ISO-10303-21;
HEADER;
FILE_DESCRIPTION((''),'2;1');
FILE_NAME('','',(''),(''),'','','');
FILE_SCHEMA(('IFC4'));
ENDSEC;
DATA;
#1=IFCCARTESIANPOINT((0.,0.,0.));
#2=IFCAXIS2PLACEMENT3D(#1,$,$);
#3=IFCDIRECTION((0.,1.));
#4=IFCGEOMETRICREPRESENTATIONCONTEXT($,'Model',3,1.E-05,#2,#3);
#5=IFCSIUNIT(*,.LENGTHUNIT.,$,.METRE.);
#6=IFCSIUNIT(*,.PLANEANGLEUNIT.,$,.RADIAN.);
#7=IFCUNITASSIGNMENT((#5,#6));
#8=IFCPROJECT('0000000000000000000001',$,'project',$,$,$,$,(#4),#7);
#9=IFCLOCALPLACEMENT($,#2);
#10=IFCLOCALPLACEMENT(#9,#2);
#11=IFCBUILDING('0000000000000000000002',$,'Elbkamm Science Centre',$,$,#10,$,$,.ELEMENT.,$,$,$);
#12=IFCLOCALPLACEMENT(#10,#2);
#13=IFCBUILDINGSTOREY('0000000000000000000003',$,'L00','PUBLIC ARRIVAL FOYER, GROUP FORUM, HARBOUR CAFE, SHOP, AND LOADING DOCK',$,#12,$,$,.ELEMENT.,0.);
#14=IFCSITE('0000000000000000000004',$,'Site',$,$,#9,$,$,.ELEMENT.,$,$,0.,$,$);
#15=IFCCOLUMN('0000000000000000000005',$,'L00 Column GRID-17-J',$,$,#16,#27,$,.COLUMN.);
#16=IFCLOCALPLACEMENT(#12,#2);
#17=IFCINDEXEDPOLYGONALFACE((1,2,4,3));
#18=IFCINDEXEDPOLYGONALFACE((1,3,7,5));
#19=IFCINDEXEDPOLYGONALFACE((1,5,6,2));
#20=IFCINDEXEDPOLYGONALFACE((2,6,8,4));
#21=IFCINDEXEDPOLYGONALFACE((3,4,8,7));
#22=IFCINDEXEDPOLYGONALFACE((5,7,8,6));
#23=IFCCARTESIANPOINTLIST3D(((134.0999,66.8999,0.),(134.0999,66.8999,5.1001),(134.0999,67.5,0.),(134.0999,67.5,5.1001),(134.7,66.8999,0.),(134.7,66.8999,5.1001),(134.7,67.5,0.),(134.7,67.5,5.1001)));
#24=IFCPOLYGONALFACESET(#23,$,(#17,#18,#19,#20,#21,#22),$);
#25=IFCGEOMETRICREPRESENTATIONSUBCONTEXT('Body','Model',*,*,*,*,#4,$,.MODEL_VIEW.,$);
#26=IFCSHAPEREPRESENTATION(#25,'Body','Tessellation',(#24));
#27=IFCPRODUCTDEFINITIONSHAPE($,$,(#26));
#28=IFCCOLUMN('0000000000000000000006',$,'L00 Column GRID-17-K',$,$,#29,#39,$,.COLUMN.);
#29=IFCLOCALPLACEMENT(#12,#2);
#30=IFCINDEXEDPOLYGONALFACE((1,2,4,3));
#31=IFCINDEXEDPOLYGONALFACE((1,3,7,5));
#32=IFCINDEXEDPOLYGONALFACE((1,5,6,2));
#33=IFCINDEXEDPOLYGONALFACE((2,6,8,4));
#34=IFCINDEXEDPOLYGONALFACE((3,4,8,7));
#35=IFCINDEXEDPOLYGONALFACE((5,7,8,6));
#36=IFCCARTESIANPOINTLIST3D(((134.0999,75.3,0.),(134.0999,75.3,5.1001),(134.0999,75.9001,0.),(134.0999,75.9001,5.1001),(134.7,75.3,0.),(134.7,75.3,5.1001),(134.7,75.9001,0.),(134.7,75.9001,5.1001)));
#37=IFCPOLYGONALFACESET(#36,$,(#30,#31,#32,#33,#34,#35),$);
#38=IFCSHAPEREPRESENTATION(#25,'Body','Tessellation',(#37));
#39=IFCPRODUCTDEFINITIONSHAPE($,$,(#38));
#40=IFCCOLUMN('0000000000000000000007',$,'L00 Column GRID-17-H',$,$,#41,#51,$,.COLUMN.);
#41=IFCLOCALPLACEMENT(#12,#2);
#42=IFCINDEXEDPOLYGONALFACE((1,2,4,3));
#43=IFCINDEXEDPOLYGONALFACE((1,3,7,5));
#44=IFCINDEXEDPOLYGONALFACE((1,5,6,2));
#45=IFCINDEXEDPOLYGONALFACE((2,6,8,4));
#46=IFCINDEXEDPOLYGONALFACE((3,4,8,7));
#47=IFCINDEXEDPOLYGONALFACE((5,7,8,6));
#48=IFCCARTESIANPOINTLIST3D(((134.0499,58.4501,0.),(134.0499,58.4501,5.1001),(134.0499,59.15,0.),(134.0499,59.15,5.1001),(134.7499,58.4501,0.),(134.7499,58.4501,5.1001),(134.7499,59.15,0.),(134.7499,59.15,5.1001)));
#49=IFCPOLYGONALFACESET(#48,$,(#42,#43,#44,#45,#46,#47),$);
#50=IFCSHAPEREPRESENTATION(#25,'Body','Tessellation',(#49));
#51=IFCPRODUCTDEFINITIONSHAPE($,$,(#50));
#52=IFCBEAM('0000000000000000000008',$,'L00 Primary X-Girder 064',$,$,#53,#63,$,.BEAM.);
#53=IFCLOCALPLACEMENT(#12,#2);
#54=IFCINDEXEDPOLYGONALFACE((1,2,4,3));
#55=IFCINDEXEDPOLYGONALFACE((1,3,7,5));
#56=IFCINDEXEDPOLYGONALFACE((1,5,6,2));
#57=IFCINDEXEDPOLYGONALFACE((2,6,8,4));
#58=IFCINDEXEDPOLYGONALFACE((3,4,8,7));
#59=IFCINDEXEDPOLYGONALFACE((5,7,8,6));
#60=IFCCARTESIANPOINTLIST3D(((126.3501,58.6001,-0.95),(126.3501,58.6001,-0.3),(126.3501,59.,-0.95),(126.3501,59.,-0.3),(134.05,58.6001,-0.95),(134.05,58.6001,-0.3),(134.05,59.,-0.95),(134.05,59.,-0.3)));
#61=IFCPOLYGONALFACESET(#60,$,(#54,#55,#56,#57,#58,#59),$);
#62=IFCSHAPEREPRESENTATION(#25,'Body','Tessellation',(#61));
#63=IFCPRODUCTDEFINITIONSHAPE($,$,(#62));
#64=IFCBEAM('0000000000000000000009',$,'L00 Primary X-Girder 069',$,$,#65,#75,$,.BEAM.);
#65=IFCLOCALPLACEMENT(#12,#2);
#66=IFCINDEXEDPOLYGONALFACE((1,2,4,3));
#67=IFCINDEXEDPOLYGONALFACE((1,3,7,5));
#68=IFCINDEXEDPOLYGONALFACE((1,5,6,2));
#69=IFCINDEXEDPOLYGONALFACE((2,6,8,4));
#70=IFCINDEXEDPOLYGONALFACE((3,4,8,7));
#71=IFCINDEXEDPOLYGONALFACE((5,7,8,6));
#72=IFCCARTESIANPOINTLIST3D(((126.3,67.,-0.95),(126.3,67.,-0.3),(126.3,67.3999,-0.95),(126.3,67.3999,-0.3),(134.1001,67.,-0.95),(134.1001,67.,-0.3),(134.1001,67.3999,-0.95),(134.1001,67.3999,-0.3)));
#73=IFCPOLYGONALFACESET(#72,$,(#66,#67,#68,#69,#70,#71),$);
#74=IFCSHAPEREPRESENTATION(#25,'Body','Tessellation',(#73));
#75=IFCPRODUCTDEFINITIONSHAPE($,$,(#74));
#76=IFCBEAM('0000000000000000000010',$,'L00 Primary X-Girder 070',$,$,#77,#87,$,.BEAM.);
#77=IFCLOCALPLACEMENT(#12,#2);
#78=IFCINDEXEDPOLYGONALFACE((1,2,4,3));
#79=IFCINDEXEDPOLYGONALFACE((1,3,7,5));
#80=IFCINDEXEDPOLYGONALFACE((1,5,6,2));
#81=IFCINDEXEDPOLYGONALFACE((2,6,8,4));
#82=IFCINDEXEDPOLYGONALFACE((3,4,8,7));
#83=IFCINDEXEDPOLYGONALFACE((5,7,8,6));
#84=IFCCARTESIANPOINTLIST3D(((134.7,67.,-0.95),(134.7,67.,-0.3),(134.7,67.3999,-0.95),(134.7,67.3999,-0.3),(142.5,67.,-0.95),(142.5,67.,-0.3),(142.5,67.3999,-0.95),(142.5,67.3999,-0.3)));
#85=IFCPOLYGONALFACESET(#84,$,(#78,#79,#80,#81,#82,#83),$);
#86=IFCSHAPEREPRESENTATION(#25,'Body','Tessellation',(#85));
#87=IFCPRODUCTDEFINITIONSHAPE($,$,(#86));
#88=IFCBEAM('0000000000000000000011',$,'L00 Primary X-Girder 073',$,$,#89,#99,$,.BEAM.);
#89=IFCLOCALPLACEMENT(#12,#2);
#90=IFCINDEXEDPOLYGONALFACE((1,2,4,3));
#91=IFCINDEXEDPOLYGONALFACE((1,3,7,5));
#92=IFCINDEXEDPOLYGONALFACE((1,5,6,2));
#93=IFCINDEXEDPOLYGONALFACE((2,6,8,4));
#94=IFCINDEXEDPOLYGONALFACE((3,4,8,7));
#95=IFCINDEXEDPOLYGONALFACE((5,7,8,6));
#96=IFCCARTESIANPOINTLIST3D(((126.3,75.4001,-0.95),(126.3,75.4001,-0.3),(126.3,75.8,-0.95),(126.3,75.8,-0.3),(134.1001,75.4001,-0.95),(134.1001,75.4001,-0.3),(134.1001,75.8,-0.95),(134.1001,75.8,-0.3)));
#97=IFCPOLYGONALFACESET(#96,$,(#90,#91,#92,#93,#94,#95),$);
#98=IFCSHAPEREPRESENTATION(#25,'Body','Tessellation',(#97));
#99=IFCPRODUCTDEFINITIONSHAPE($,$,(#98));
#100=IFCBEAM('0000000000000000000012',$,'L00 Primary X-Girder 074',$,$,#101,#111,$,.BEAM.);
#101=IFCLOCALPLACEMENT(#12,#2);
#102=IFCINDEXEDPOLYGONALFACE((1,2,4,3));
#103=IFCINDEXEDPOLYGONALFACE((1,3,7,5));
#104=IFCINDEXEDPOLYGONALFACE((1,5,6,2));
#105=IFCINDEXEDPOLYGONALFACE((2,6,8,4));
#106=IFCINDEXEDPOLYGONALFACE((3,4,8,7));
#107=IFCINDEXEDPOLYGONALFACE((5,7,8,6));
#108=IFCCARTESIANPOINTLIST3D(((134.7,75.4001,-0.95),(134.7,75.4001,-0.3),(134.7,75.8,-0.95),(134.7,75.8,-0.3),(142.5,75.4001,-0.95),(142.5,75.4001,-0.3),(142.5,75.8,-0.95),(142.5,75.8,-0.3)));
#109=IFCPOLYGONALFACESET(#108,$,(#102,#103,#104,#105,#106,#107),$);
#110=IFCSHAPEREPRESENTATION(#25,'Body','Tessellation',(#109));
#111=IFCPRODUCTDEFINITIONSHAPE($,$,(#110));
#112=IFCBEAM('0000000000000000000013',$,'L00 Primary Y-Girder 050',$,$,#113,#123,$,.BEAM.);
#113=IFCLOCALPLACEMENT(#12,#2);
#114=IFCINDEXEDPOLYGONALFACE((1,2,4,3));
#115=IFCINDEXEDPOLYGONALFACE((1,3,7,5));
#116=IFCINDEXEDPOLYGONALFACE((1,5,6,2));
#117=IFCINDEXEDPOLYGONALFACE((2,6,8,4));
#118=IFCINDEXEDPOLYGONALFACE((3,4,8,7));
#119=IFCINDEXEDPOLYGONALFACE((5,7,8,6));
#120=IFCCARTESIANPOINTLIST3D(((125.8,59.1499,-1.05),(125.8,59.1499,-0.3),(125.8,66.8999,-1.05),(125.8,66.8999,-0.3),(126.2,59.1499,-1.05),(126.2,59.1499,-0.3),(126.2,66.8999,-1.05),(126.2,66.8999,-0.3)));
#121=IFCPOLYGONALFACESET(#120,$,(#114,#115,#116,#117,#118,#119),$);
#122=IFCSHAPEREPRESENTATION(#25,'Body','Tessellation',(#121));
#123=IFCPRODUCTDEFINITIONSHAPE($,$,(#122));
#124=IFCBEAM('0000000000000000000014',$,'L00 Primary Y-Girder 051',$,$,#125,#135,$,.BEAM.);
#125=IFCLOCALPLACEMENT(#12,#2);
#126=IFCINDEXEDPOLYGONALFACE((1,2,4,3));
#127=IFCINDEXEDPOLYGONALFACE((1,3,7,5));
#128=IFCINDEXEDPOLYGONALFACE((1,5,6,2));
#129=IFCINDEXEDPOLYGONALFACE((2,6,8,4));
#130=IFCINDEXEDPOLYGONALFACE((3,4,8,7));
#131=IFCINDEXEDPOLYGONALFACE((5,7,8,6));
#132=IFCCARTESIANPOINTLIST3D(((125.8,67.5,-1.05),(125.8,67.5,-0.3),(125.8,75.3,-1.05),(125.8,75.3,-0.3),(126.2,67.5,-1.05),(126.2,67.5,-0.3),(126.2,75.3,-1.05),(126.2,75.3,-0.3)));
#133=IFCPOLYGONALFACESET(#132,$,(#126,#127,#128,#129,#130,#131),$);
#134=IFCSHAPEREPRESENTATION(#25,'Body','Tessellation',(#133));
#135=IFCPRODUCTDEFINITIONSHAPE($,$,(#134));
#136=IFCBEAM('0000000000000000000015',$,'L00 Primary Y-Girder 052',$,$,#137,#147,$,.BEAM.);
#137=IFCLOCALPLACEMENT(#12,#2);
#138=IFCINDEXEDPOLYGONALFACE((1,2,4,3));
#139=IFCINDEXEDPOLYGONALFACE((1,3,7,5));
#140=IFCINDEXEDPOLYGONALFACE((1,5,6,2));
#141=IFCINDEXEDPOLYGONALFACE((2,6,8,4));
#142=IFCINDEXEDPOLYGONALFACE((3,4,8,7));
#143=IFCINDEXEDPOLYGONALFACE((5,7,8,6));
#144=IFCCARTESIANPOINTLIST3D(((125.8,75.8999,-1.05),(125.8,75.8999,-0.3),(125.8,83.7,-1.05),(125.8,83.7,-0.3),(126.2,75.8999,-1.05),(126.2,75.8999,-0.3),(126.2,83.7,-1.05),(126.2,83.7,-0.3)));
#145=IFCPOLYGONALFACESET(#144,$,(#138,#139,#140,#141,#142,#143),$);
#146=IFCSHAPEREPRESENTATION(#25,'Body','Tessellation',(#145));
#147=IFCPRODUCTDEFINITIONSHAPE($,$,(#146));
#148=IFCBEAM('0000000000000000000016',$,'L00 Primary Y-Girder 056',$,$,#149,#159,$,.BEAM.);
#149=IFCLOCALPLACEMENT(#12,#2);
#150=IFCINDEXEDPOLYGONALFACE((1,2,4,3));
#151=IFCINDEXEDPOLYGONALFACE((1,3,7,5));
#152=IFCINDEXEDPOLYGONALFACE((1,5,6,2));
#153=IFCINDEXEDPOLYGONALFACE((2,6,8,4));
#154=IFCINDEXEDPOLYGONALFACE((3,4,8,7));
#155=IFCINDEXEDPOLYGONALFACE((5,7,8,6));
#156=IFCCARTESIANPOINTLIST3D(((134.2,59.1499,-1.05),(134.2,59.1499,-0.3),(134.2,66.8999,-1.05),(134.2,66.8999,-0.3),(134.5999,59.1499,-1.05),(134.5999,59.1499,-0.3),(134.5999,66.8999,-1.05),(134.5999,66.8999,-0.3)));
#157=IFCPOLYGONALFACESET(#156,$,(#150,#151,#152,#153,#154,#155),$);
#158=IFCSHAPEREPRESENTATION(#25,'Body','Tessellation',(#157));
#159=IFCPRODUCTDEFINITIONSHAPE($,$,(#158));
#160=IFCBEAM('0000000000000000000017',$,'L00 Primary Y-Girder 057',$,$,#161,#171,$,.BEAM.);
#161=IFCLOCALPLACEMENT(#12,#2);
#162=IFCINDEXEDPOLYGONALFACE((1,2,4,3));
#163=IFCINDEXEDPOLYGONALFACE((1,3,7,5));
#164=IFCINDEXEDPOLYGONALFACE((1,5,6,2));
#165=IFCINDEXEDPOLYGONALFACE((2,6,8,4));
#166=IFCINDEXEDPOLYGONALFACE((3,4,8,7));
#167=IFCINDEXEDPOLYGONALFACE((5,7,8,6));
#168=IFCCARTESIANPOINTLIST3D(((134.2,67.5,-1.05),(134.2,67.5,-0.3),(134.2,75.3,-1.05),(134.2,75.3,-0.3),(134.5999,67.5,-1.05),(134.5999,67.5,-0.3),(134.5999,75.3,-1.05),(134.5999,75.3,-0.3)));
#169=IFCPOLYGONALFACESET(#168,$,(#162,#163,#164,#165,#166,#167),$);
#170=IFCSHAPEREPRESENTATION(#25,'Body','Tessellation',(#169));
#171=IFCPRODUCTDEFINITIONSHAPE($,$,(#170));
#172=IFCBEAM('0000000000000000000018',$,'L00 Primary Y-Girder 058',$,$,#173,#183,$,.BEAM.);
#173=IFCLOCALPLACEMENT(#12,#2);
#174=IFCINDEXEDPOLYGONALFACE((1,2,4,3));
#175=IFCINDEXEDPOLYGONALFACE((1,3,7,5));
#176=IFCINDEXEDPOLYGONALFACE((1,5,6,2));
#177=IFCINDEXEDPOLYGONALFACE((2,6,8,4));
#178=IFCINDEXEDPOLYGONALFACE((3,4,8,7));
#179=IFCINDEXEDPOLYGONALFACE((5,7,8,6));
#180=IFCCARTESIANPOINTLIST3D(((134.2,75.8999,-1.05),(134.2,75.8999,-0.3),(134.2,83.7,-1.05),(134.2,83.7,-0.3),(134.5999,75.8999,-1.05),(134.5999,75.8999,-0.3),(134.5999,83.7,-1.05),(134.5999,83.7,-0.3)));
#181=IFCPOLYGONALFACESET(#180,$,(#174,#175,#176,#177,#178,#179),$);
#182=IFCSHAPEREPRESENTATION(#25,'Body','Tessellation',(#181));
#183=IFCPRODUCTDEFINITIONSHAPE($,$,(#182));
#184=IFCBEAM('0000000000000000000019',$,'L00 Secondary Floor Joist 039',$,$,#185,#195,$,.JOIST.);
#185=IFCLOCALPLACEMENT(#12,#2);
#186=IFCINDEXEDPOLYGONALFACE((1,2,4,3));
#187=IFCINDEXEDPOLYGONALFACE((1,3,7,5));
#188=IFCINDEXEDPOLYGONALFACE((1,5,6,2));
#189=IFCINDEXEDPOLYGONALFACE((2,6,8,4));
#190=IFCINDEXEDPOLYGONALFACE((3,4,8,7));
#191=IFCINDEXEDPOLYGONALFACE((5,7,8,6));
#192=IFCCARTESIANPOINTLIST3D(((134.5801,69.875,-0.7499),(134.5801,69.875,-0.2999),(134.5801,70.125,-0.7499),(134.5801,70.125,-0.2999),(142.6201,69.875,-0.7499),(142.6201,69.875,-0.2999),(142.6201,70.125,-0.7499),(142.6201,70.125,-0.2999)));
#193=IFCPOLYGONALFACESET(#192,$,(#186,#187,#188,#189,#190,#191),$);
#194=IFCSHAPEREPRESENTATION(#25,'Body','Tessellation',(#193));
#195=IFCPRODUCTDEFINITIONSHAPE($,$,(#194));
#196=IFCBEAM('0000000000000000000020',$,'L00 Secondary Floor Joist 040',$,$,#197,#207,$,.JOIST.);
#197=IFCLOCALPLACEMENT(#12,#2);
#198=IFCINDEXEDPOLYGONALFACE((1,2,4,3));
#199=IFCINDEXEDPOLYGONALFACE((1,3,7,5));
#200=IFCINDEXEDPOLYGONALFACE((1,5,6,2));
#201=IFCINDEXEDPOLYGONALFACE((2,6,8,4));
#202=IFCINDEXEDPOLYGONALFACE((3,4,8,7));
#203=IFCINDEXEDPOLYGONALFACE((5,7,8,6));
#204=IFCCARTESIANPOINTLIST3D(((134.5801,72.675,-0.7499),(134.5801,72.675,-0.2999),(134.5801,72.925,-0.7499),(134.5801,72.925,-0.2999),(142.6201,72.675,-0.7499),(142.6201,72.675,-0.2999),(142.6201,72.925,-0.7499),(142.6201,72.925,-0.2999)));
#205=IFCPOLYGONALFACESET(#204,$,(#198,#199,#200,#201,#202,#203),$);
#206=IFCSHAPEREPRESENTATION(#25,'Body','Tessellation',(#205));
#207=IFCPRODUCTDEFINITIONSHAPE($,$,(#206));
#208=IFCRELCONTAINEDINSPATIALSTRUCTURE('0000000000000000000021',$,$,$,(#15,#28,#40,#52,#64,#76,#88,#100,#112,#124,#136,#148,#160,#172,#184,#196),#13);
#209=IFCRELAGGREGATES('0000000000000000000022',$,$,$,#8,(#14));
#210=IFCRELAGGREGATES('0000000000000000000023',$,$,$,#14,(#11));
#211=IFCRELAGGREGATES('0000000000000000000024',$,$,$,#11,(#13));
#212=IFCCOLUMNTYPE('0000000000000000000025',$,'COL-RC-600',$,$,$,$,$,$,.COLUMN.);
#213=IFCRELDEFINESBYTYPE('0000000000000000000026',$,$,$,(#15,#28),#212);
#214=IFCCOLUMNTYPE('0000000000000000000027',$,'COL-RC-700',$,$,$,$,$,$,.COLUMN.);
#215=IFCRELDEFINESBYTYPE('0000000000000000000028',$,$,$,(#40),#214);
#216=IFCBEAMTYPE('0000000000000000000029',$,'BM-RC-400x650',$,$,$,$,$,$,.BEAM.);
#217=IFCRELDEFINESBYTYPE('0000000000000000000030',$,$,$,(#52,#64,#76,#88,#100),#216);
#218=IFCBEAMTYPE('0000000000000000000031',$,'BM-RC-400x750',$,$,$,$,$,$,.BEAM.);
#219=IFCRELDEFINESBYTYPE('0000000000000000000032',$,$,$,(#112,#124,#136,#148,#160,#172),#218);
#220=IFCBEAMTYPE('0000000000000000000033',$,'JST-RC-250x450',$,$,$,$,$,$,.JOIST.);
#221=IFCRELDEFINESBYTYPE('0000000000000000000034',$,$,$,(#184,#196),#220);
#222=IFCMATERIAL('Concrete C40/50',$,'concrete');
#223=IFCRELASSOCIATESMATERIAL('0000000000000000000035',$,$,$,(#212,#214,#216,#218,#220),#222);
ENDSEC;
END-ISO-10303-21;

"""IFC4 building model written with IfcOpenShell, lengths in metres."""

from ifc_helpers import new_model, si_unit, direction, frame, origin, origin_2d, place, context, subcontext, project, spatial, rectangle, extrude, material, material_profile, profile_set, type_object, element, save


model = new_model("IFC4")

# Units and contexts
model_context = context("Model", 3, precision=1e-05, world=origin(), true_north=direction((0.0, 1.0)))
body_context = subcontext(model_context, "Body", "Model", "MODEL_VIEW")
ifc_project = project(units=[si_unit("LENGTHUNIT", "METRE"), si_unit("PLANEANGLEUNIT", "RADIAN")], contexts=[model_context])

# Site, building, storey
site_placement = place(None, origin())
site = spatial("IfcSite", under=ifc_project, at=site_placement, Name="Site", CompositionType="ELEMENT", RefElevation=0.0)
building_placement = place(site_placement, origin())
building = spatial("IfcBuilding", under=site, at=building_placement, Name="Elbkamm Science Centre", CompositionType="ELEMENT")
storey_placement = place(building_placement, origin())
storey = spatial("IfcBuildingStorey", under=building, at=storey_placement, Name="L00", Description="PUBLIC ARRIVAL FOYER, GROUP FORUM, HARBOUR CAFE, SHOP, AND LOADING DOCK", CompositionType="ELEMENT", Elevation=0.0)

# Columns
ifc_material_1 = material(Name="Concrete C40/50", Category="concrete")
ifc_material_profile_1 = material_profile(ifc_material_1, rectangle(XDim=0.6001, YDim=0.6001, at=origin_2d()), Name="RC 600x600")
ifc_profile_set_1 = profile_set([ifc_material_profile_1], Name="Concrete C40/50")
column_type_1 = type_object("IfcColumnType", Name="COL-RC-600", PredefinedType="COLUMN", material=ifc_profile_set_1)
for number, where, z_axis, x_axis, name in (
    (1, (134.3999, 67.2, 0.0), (0.0, 0.0, 1.0), (1.0, 0.0, 0.0), "L00 Column GRID-17-J"),
    (2, (134.3999, 75.6001, 0.0), (0.0, 0.0, 1.0), (1.0, 0.0, 0.0), "L00 Column GRID-17-K"),
):
    element("IfcColumn", number, at=place(storey_placement, frame(where, z_axis=z_axis, x_axis=x_axis)), inside=storey, type_object=column_type_1, Name=name, PredefinedType="COLUMN", context=body_context, shape_type="SweptSolid", body=[
        extrude(rectangle(XDim=0.6001, YDim=0.6001, at=origin_2d()), origin(), (0.0, 0.0, 1.0), 5.1001),
    ])
ifc_material_profile_2 = material_profile(ifc_material_1, rectangle(XDim=0.7, YDim=0.7, at=origin_2d()), Name="RC 700x700")
ifc_profile_set_2 = profile_set([ifc_material_profile_2], Name="Concrete C40/50")
column_type_2 = type_object("IfcColumnType", Name="COL-RC-700", PredefinedType="COLUMN", material=ifc_profile_set_2)
column_placement = place(storey_placement, frame((134.3999, 58.8, 0.0), z_axis=(0.0, 0.0, 1.0), x_axis=(1.0, 0.0, 0.0)))
element("IfcColumn", 3, at=column_placement, inside=storey, type_object=column_type_2, Name="L00 Column GRID-17-H", PredefinedType="COLUMN", context=body_context, shape_type="SweptSolid", body=[
    extrude(rectangle(XDim=0.7, YDim=0.7, at=origin_2d()), origin(), (0.0, 0.0, 1.0), 5.1001),
])

# Beams
ifc_material_profile_3 = material_profile(ifc_material_1, rectangle(XDim=0.3999, YDim=0.6499, at=origin_2d()), Name="RC 400x650")
ifc_profile_set_3 = profile_set([ifc_material_profile_3], Name="Concrete C40/50")
beam_type_1 = type_object("IfcBeamType", Name="BM-RC-400x650", PredefinedType="BEAM", material=ifc_profile_set_3)
beam_1_placement = place(storey_placement, frame((126.3501, 58.8, -0.625), z_axis=(1.0, 0.0, 0.0), x_axis=(0.0, 1.0, 0.0)))
element("IfcBeam", 4, at=beam_1_placement, inside=storey, type_object=beam_type_1, Name="L00 Primary X-Girder 064", PredefinedType="BEAM", context=body_context, shape_type="SweptSolid", body=[
    extrude(rectangle(XDim=0.3999, YDim=0.6499, at=origin_2d()), origin(), (0.0, 0.0, 1.0), 7.7),
])
for number, where, z_axis, x_axis, name in (
    (5, (126.3, 67.2, -0.625), (1.0, 0.0, 0.0), (0.0, 1.0, 0.0), "L00 Primary X-Girder 069"),
    (6, (134.7, 67.2, -0.625), (1.0, 0.0, 0.0), (0.0, 1.0, 0.0), "L00 Primary X-Girder 070"),
    (7, (126.3, 75.6001, -0.625), (1.0, 0.0, 0.0), (0.0, 1.0, 0.0), "L00 Primary X-Girder 073"),
    (8, (134.7, 75.6001, -0.625), (1.0, 0.0, 0.0), (0.0, 1.0, 0.0), "L00 Primary X-Girder 074"),
):
    element("IfcBeam", number, at=place(storey_placement, frame(where, z_axis=z_axis, x_axis=x_axis)), inside=storey, type_object=beam_type_1, Name=name, PredefinedType="BEAM", context=body_context, shape_type="SweptSolid", body=[
        extrude(rectangle(XDim=0.3999, YDim=0.6499, at=origin_2d()), origin(), (0.0, 0.0, 1.0), 7.8),
    ])
ifc_material_profile_4 = material_profile(ifc_material_1, rectangle(XDim=0.3999, YDim=0.75, at=origin_2d()), Name="RC 400x750")
ifc_profile_set_4 = profile_set([ifc_material_profile_4], Name="Concrete C40/50")
beam_type_2 = type_object("IfcBeamType", Name="BM-RC-400x750", PredefinedType="BEAM", material=ifc_profile_set_4)
beam_2_placement = place(storey_placement, frame((126.0, 59.1499, -0.675), z_axis=(0.0, 1.0, 0.0), x_axis=(-1.0, 0.0, 0.0)))
element("IfcBeam", 9, at=beam_2_placement, inside=storey, type_object=beam_type_2, Name="L00 Primary Y-Girder 050", PredefinedType="BEAM", context=body_context, shape_type="SweptSolid", body=[
    extrude(rectangle(XDim=0.3999, YDim=0.75, at=origin_2d()), origin(), (0.0, 0.0, 1.0), 7.75),
])
for number, where, z_axis, x_axis, name in (
    (10, (126.0, 67.5, -0.675), (0.0, 1.0, 0.0), (-1.0, 0.0, 0.0), "L00 Primary Y-Girder 051"),
    (11, (126.0, 75.8999, -0.675), (0.0, 1.0, 0.0), (-1.0, 0.0, 0.0), "L00 Primary Y-Girder 052"),
):
    element("IfcBeam", number, at=place(storey_placement, frame(where, z_axis=z_axis, x_axis=x_axis)), inside=storey, type_object=beam_type_2, Name=name, PredefinedType="BEAM", context=body_context, shape_type="SweptSolid", body=[
        extrude(rectangle(XDim=0.3999, YDim=0.75, at=origin_2d()), origin(), (0.0, 0.0, 1.0), 7.8),
    ])
beam_3_placement = place(storey_placement, frame((134.3999, 59.1499, -0.675), z_axis=(0.0, 1.0, 0.0), x_axis=(-1.0, 0.0, 0.0)))
element("IfcBeam", 12, at=beam_3_placement, inside=storey, type_object=beam_type_2, Name="L00 Primary Y-Girder 056", PredefinedType="BEAM", context=body_context, shape_type="SweptSolid", body=[
    extrude(rectangle(XDim=0.3999, YDim=0.75, at=origin_2d()), origin(), (0.0, 0.0, 1.0), 7.75),
])
for number, where, z_axis, x_axis, name in (
    (13, (134.3999, 67.5, -0.675), (0.0, 1.0, 0.0), (-1.0, 0.0, 0.0), "L00 Primary Y-Girder 057"),
    (14, (134.3999, 75.8999, -0.675), (0.0, 1.0, 0.0), (-1.0, 0.0, 0.0), "L00 Primary Y-Girder 058"),
):
    element("IfcBeam", number, at=place(storey_placement, frame(where, z_axis=z_axis, x_axis=x_axis)), inside=storey, type_object=beam_type_2, Name=name, PredefinedType="BEAM", context=body_context, shape_type="SweptSolid", body=[
        extrude(rectangle(XDim=0.3999, YDim=0.75, at=origin_2d()), origin(), (0.0, 0.0, 1.0), 7.8),
    ])
ifc_material_profile_5 = material_profile(ifc_material_1, rectangle(XDim=0.25, YDim=0.45, at=origin_2d()), Name="RC 250x450")
ifc_profile_set_5 = profile_set([ifc_material_profile_5], Name="Concrete C40/50")
beam_type_3 = type_object("IfcBeamType", Name="JST-RC-250x450", PredefinedType="JOIST", material=ifc_profile_set_5)
for number, where, z_axis, x_axis, name in (
    (15, (134.5801, 70.0, -0.5249), (1.0, 0.0, 0.0), (0.0, 1.0, 0.0), "L00 Secondary Floor Joist 039"),
    (16, (134.5801, 72.8, -0.5249), (1.0, 0.0, 0.0), (0.0, 1.0, 0.0), "L00 Secondary Floor Joist 040"),
):
    element("IfcBeam", number, at=place(storey_placement, frame(where, z_axis=z_axis, x_axis=x_axis)), inside=storey, type_object=beam_type_3, Name=name, PredefinedType="JOIST", context=body_context, shape_type="SweptSolid", body=[
        extrude(rectangle(XDim=0.25, YDim=0.45, at=origin_2d()), origin(), (0.0, 0.0, 1.0), 8.04),
    ])

save(model, "model.ifc")
